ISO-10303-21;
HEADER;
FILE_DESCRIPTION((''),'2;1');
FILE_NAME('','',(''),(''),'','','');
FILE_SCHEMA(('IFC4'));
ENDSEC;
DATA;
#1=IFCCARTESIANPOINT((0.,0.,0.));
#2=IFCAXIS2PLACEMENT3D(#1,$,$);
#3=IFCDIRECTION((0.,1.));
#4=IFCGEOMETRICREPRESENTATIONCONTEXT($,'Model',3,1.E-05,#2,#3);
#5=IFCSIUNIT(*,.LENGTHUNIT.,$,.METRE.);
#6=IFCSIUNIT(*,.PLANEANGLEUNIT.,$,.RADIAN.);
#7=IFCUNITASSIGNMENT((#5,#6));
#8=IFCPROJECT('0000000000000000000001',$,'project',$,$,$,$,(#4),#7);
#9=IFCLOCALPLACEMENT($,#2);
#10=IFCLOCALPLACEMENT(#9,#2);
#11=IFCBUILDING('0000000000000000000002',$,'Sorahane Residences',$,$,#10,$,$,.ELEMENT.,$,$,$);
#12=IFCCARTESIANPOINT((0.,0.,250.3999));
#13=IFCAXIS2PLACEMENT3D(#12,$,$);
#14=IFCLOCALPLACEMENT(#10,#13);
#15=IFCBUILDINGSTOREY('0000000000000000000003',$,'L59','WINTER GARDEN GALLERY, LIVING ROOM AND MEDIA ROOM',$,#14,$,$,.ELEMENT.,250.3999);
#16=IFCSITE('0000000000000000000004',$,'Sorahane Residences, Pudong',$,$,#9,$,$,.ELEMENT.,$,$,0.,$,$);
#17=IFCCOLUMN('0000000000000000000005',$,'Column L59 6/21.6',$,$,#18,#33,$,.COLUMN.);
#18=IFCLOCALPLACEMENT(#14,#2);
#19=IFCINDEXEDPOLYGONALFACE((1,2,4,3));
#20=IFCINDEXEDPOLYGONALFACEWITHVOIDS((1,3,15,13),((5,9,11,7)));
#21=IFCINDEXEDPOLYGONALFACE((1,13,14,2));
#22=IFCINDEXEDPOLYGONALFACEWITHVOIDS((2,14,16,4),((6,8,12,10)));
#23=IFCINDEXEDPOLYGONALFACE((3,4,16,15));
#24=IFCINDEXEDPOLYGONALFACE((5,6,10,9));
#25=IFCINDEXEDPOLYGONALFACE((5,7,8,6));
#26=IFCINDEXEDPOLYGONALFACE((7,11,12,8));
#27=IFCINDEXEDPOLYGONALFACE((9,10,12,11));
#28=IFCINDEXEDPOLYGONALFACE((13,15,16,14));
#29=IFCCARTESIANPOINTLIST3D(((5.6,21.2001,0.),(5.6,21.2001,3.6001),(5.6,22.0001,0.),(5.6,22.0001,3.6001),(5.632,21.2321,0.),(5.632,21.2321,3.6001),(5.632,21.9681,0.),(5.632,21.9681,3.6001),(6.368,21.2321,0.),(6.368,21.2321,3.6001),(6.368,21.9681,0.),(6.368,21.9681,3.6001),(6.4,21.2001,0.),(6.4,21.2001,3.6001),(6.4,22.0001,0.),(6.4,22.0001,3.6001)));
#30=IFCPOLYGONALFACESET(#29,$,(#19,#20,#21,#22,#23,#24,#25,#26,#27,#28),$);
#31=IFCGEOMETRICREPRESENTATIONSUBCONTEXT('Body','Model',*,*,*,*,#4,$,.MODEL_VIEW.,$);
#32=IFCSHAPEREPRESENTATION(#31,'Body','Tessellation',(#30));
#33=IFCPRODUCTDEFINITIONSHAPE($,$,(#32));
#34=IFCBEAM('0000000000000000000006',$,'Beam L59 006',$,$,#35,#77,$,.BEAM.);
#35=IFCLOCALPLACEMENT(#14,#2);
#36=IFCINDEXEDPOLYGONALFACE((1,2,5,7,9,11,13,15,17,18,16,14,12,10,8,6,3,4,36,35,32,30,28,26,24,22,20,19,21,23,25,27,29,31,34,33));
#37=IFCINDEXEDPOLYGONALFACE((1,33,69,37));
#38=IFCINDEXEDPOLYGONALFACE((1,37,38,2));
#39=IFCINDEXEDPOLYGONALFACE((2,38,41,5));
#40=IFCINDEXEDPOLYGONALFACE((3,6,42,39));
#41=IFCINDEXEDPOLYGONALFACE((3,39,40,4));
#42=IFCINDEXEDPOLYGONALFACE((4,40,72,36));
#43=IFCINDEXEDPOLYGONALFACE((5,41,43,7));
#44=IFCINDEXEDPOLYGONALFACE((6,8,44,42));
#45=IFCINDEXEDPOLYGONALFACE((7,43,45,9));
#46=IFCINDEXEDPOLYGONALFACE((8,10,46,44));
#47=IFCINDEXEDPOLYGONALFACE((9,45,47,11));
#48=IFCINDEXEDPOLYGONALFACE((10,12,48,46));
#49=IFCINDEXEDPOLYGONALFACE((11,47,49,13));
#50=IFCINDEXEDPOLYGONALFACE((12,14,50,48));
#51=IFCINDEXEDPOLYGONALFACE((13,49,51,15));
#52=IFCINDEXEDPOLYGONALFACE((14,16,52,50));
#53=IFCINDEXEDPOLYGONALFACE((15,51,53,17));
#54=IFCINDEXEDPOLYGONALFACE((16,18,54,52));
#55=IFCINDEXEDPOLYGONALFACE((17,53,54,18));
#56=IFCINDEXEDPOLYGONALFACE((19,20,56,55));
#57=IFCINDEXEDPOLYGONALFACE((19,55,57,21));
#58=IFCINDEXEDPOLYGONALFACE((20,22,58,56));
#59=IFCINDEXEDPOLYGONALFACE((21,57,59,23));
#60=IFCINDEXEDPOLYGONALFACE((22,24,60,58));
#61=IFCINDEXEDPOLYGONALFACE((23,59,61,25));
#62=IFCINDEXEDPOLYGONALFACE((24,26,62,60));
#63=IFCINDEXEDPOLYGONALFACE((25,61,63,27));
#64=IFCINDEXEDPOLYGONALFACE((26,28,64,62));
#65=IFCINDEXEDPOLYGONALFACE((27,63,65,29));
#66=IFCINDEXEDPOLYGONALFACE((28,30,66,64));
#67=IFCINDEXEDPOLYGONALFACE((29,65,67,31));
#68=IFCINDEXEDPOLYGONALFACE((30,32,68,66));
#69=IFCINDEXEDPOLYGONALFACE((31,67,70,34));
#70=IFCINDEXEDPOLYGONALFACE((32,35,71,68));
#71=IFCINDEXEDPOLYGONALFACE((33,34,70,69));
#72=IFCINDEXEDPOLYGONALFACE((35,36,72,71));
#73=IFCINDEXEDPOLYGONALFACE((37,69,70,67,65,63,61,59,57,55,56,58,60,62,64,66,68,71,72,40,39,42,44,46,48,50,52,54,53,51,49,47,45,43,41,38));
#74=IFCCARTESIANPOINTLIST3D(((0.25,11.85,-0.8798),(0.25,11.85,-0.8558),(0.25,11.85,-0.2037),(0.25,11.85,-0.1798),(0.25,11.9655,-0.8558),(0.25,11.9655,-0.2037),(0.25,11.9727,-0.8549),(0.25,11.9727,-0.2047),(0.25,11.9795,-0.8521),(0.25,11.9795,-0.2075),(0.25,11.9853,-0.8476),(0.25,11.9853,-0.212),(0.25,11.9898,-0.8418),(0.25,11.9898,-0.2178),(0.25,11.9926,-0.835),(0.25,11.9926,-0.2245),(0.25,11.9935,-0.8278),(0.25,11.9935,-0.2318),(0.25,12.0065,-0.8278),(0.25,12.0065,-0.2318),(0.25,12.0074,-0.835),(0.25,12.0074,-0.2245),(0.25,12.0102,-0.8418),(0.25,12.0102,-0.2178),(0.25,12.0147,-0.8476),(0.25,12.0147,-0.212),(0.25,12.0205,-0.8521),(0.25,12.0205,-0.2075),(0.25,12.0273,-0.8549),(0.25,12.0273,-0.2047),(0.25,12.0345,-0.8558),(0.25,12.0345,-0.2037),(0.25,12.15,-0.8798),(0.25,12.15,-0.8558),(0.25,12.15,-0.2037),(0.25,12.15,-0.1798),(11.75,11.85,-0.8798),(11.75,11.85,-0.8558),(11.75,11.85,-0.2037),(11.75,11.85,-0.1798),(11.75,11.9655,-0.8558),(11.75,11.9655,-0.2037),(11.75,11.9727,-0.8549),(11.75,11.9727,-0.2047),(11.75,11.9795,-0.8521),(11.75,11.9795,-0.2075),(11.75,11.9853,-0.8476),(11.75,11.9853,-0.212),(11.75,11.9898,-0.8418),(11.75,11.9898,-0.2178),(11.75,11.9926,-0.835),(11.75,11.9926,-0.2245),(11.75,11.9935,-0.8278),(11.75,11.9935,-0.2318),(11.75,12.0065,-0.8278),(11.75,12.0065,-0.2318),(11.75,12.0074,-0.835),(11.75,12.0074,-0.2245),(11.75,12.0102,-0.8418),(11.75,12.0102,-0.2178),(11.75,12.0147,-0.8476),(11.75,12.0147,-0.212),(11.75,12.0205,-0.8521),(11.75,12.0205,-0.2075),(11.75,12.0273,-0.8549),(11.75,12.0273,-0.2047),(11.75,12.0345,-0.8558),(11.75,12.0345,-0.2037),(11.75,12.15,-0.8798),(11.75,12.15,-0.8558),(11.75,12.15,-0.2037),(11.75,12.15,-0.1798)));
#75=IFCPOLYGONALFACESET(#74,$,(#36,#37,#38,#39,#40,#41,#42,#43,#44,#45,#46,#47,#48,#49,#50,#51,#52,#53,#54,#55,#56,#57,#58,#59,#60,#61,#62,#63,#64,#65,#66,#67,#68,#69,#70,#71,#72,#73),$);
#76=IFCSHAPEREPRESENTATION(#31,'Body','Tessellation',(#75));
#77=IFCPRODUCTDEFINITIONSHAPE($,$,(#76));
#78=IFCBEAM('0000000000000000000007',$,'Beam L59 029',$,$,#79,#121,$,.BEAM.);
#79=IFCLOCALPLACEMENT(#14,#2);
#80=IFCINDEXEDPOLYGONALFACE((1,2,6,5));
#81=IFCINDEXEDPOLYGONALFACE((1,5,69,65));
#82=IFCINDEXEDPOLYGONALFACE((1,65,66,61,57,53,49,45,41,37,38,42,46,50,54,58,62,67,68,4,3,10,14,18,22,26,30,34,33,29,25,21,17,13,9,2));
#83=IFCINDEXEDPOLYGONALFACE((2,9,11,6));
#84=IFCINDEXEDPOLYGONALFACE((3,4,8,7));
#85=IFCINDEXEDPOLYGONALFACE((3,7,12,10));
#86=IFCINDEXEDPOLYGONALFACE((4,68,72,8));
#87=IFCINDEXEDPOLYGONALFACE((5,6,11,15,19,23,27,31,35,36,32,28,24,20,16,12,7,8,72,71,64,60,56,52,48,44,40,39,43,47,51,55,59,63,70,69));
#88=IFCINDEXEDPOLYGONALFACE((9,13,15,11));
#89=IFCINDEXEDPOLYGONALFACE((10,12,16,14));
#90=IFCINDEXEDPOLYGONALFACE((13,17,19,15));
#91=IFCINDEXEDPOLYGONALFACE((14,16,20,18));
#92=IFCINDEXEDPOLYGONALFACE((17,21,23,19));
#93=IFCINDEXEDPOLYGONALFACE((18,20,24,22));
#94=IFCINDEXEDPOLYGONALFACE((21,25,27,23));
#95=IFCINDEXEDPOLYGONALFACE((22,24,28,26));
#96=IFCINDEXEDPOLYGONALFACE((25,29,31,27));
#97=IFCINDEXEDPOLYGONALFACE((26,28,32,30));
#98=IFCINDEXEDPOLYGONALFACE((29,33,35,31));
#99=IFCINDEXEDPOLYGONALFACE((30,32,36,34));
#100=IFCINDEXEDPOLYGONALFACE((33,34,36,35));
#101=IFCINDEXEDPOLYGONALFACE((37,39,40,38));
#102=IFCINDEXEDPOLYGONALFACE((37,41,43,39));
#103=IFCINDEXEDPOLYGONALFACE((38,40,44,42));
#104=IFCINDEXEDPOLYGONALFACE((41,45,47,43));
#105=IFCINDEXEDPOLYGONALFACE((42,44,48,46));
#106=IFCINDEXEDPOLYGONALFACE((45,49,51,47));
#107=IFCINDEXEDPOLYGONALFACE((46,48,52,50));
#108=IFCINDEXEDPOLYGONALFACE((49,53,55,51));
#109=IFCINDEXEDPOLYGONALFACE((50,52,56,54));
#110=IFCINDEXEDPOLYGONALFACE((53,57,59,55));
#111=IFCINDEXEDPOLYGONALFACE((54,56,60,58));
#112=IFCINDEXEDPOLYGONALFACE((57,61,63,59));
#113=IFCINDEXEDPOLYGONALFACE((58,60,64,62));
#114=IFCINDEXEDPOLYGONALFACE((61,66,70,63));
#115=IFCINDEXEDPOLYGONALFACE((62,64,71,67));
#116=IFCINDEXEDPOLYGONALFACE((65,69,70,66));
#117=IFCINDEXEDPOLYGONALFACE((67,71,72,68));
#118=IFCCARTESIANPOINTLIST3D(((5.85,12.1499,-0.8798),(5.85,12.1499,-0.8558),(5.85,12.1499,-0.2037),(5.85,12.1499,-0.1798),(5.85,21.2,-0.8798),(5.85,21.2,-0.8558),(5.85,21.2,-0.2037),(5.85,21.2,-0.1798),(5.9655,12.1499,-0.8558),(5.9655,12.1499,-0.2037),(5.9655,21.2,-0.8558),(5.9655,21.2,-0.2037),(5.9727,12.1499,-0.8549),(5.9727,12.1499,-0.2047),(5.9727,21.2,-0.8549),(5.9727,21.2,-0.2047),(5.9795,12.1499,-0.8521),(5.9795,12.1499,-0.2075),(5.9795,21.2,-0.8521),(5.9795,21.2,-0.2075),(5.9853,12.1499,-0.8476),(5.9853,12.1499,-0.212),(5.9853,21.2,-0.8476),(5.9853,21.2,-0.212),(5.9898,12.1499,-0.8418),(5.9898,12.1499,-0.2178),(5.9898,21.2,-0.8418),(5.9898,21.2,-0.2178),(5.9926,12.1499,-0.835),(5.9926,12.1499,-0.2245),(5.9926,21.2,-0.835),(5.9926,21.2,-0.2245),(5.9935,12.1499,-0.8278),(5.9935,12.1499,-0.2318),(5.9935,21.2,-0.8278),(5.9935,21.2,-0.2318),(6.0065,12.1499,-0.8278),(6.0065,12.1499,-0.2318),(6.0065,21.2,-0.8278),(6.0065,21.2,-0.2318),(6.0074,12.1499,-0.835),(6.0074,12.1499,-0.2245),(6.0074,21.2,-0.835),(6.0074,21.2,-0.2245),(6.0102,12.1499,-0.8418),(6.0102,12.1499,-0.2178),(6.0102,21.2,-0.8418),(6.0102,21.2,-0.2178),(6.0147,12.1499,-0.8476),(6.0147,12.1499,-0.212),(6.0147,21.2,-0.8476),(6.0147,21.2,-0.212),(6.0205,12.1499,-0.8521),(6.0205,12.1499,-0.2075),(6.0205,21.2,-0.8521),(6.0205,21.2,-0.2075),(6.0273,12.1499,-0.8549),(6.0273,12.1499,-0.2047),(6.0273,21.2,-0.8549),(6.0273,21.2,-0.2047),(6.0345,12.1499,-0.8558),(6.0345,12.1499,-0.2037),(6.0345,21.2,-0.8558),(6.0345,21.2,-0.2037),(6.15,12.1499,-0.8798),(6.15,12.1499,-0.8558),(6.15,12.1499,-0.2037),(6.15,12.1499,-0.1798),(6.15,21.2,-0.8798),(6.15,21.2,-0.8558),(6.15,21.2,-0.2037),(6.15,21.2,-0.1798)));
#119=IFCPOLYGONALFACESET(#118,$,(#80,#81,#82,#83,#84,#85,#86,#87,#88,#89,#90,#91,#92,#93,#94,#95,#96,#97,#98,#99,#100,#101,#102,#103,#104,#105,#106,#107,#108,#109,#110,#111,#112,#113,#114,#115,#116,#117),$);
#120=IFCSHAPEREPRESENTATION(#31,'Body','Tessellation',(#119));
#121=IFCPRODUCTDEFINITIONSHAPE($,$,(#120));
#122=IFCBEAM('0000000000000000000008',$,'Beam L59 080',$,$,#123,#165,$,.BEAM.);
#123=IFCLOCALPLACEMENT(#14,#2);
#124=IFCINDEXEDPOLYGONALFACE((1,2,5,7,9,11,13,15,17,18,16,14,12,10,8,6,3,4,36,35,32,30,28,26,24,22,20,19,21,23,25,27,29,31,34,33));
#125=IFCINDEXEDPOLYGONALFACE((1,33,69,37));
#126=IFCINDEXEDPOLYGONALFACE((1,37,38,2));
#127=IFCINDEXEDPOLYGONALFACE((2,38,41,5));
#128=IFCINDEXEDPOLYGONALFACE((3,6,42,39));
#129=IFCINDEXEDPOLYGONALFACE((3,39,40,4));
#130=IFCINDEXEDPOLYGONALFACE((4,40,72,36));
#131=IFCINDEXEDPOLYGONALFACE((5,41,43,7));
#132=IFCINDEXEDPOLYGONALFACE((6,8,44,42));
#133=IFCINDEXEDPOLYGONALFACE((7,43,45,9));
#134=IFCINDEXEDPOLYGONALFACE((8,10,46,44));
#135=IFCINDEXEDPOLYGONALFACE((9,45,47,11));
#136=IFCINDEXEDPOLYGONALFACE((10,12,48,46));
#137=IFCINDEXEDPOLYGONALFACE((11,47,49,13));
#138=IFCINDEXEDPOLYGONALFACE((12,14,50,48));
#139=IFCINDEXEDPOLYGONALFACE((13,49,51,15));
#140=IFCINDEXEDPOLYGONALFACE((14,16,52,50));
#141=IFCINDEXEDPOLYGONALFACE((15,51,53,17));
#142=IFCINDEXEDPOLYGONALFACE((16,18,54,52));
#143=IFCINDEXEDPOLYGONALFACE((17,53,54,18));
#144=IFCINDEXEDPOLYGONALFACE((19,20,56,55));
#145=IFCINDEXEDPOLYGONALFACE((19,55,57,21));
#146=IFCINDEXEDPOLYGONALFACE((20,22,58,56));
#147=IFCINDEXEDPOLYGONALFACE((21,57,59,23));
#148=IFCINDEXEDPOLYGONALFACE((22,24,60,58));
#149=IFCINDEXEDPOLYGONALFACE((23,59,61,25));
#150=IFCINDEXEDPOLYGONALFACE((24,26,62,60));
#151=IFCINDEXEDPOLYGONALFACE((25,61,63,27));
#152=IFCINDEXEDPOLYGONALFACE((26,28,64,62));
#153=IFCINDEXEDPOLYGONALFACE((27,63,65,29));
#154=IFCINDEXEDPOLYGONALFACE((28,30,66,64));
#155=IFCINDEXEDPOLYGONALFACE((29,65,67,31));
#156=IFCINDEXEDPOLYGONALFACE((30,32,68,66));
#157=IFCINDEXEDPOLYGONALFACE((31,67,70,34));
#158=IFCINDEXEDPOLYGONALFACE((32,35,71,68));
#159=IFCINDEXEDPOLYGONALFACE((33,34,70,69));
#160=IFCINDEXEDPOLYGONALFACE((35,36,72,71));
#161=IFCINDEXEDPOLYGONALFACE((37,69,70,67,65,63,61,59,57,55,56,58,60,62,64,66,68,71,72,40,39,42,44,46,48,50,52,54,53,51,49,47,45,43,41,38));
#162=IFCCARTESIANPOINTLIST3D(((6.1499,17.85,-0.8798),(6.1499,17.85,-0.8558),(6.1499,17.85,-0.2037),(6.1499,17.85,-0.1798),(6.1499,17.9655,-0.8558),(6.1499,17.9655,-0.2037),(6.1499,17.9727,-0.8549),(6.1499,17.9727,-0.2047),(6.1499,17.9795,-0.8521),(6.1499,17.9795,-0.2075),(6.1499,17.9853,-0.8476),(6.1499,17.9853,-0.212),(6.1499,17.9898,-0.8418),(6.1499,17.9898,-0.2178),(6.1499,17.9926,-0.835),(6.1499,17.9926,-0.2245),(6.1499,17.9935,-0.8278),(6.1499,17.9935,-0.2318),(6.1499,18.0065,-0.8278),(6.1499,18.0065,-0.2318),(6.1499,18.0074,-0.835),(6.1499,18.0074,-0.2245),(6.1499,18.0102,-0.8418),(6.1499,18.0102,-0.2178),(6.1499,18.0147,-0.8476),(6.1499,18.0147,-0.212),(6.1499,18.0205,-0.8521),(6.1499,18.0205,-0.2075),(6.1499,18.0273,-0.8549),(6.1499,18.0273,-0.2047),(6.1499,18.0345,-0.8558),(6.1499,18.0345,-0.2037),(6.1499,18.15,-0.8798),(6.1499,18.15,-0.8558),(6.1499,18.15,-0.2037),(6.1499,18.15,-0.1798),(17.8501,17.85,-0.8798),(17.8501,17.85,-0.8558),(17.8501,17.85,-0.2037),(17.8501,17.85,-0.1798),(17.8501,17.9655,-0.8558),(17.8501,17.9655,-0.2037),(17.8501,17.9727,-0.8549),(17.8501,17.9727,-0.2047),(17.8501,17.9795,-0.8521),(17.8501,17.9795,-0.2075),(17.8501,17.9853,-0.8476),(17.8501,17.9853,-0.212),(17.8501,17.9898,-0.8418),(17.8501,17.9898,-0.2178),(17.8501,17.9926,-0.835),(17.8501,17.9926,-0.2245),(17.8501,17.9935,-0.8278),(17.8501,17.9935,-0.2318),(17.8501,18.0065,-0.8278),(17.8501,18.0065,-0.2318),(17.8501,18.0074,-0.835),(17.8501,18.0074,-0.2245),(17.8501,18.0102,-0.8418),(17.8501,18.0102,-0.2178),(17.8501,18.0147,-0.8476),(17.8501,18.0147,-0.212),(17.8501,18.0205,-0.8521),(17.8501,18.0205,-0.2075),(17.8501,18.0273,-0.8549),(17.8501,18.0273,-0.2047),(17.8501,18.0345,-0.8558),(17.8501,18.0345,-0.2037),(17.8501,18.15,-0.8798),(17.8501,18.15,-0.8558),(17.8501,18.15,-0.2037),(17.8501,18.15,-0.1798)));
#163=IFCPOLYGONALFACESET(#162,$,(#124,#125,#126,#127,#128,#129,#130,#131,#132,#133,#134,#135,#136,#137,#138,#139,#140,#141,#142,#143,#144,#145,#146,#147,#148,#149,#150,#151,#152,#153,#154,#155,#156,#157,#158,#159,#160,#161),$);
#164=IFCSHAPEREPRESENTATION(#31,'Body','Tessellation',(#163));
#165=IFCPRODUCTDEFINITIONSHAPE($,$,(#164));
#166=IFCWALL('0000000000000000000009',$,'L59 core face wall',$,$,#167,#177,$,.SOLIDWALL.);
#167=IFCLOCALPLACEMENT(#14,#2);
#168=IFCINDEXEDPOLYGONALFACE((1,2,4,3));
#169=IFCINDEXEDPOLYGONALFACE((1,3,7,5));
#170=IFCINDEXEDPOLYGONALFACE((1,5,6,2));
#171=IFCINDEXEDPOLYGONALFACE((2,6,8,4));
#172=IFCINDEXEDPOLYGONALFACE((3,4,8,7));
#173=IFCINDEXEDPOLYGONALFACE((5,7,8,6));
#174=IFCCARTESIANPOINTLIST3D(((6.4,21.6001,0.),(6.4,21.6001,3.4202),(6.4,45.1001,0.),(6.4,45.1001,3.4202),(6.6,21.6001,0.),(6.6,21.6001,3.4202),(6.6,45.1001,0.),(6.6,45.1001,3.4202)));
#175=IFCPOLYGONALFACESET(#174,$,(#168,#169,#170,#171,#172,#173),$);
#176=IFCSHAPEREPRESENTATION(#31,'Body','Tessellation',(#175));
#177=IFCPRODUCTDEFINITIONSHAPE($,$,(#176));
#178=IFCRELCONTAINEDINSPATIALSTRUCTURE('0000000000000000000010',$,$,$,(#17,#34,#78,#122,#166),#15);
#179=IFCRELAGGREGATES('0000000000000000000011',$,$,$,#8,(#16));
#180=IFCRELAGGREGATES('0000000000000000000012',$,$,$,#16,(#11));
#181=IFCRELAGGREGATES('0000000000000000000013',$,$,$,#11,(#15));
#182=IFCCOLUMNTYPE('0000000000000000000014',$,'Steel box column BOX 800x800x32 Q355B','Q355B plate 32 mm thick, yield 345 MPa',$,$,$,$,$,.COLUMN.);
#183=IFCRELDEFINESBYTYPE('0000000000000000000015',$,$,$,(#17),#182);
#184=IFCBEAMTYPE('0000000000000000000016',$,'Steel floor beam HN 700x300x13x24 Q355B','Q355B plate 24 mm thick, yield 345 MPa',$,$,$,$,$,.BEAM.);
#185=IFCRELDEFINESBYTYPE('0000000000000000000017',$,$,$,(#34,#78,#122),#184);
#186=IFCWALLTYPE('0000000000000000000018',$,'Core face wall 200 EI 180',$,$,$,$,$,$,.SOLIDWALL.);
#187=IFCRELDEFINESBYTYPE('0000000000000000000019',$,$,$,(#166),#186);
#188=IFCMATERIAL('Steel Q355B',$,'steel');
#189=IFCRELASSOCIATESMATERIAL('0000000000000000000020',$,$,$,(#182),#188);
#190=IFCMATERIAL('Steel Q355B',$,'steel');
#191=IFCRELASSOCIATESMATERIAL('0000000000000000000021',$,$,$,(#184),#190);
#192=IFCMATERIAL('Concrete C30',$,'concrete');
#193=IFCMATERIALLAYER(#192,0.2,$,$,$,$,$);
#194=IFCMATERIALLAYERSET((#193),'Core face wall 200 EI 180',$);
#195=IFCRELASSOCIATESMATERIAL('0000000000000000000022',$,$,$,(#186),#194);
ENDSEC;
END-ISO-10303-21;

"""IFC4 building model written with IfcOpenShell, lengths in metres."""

from ifc_helpers import new_model, si_unit, direction, frame, frame_2d, origin, origin_2d, place, context, subcontext, project, spatial, rectangle, hollow_rectangle, i_section, extrude, material, layer, layer_set, material_profile, profile_set, type_object, element, save


model = new_model("IFC4")

# Units and contexts
model_context = context("Model", 3, precision=1e-05, world=origin(), true_north=direction((0.0, 1.0)))
body_context = subcontext(model_context, "Body", "Model", "MODEL_VIEW")
ifc_project = project(units=[si_unit("LENGTHUNIT", "METRE"), si_unit("PLANEANGLEUNIT", "RADIAN")], contexts=[model_context])

# Site, building, storey
site_placement = place(None, origin())
site = spatial("IfcSite", under=ifc_project, at=site_placement, Name="Sorahane Residences, Pudong", CompositionType="ELEMENT", RefElevation=0.0)
building_placement = place(site_placement, origin())
building = spatial("IfcBuilding", under=site, at=building_placement, Name="Sorahane Residences", CompositionType="ELEMENT")
storey_placement = place(building_placement, frame((0.0, 0.0, 250.3999)))
storey = spatial("IfcBuildingStorey", under=building, at=storey_placement, Name="L59", Description="WINTER GARDEN GALLERY, LIVING ROOM AND MEDIA ROOM", CompositionType="ELEMENT", Elevation=250.3999)

# Column
ifc_material_1 = material(Name="Steel Q355B", Category="steel")
ifc_material_profile_1 = material_profile(ifc_material_1, hollow_rectangle(XDim=0.8, YDim=0.8, WallThickness=0.032, at=origin_2d()), Name="BOX 800x800x32")
ifc_profile_set_1 = profile_set([ifc_material_profile_1], Name="Steel Q355B")
column_type = type_object("IfcColumnType", Name="Steel box column BOX 800x800x32 Q355B", Description="Q355B plate 32 mm thick, yield 345 MPa", PredefinedType="COLUMN", material=ifc_profile_set_1)
column_placement = place(storey_placement, frame((6.0, 21.6001, 0.0), z_axis=(0.0, 0.0, 1.0), x_axis=(1.0, 0.0, 0.0)))
element("IfcColumn", 1, at=column_placement, inside=storey, type_object=column_type, Name="Column L59 6/21.6", PredefinedType="COLUMN", context=body_context, shape_type="SweptSolid", body=[
    extrude(hollow_rectangle(XDim=0.8, YDim=0.8, WallThickness=0.032, at=origin_2d()), origin(), (0.0, 0.0, 1.0), 3.6001),
])

# Beams
ifc_material_2 = material(Name="Steel Q355B", Category="steel")
ifc_material_profile_2 = material_profile(ifc_material_2, i_section(OverallWidth=0.3, OverallDepth=0.7, WebThickness=0.0129, FlangeThickness=0.0239, FilletRadius=0.0281, at=origin_2d()), Name="HN 700x300x13x24")
ifc_profile_set_2 = profile_set([ifc_material_profile_2], Name="Steel Q355B")
beam_type = type_object("IfcBeamType", Name="Steel floor beam HN 700x300x13x24 Q355B", Description="Q355B plate 24 mm thick, yield 345 MPa", PredefinedType="BEAM", material=ifc_profile_set_2)
beam_1_placement = place(storey_placement, frame((0.25, 12.0, -0.5298), z_axis=(1.0, 0.0, 0.0), x_axis=(0.0, 1.0, 0.0)))
element("IfcBeam", 2, at=beam_1_placement, inside=storey, type_object=beam_type, Name="Beam L59 006", PredefinedType="BEAM", context=body_context, shape_type="SweptSolid", body=[
    extrude(i_section(OverallWidth=0.3, OverallDepth=0.7, WebThickness=0.0129, FlangeThickness=0.0239, FilletRadius=0.0281, at=origin_2d()), origin(), (0.0, 0.0, 1.0), 11.5),
])
beam_2_placement = place(storey_placement, frame((6.0, 12.1499, -0.5298), z_axis=(0.0, 1.0, 0.0), x_axis=(-1.0, 0.0, 0.0)))
element("IfcBeam", 3, at=beam_2_placement, inside=storey, type_object=beam_type, Name="Beam L59 029", PredefinedType="BEAM", context=body_context, shape_type="SweptSolid", body=[
    extrude(i_section(OverallWidth=0.3, OverallDepth=0.7, WebThickness=0.0129, FlangeThickness=0.0239, FilletRadius=0.0281, at=origin_2d()), origin(), (0.0, 0.0, 1.0), 9.05),
])
beam_3_placement = place(storey_placement, frame((6.1499, 18.0, -0.5298), z_axis=(1.0, 0.0, 0.0), x_axis=(0.0, 1.0, 0.0)))
element("IfcBeam", 4, at=beam_3_placement, inside=storey, type_object=beam_type, Name="Beam L59 080", PredefinedType="BEAM", context=body_context, shape_type="SweptSolid", body=[
    extrude(i_section(OverallWidth=0.3, OverallDepth=0.7, WebThickness=0.0129, FlangeThickness=0.0239, FilletRadius=0.0281, at=origin_2d()), origin(), (0.0, 0.0, 1.0), 11.7002),
])

# Wall
ifc_material_3 = material(Name="Concrete C30", Category="concrete")
ifc_layer_1 = layer(ifc_material_3, 0.2)
ifc_layer_set_1 = layer_set([ifc_layer_1], Name="Core face wall 200 EI 180")
wall_type_1 = type_object("IfcWallType", Name="Core face wall 200 EI 180", PredefinedType="SOLIDWALL", material=ifc_layer_set_1)
wall_1_placement = place(storey_placement, frame((6.5, 21.6001, 0.0), z_axis=(0.0, 0.0, 1.0), x_axis=(0.0, 1.0, 0.0)))
element("IfcWall", 5, at=wall_1_placement, inside=storey, type_object=wall_type_1, Name="L59 core face wall", PredefinedType="SOLIDWALL", context=body_context, shape_type="SweptSolid", body=[
    extrude(rectangle(XDim=23.5, YDim=0.2, at=frame_2d((11.75, 0.0))), origin(), (0.0, 0.0, 1.0), 3.4202),
])

save(model, "model.ifc")
